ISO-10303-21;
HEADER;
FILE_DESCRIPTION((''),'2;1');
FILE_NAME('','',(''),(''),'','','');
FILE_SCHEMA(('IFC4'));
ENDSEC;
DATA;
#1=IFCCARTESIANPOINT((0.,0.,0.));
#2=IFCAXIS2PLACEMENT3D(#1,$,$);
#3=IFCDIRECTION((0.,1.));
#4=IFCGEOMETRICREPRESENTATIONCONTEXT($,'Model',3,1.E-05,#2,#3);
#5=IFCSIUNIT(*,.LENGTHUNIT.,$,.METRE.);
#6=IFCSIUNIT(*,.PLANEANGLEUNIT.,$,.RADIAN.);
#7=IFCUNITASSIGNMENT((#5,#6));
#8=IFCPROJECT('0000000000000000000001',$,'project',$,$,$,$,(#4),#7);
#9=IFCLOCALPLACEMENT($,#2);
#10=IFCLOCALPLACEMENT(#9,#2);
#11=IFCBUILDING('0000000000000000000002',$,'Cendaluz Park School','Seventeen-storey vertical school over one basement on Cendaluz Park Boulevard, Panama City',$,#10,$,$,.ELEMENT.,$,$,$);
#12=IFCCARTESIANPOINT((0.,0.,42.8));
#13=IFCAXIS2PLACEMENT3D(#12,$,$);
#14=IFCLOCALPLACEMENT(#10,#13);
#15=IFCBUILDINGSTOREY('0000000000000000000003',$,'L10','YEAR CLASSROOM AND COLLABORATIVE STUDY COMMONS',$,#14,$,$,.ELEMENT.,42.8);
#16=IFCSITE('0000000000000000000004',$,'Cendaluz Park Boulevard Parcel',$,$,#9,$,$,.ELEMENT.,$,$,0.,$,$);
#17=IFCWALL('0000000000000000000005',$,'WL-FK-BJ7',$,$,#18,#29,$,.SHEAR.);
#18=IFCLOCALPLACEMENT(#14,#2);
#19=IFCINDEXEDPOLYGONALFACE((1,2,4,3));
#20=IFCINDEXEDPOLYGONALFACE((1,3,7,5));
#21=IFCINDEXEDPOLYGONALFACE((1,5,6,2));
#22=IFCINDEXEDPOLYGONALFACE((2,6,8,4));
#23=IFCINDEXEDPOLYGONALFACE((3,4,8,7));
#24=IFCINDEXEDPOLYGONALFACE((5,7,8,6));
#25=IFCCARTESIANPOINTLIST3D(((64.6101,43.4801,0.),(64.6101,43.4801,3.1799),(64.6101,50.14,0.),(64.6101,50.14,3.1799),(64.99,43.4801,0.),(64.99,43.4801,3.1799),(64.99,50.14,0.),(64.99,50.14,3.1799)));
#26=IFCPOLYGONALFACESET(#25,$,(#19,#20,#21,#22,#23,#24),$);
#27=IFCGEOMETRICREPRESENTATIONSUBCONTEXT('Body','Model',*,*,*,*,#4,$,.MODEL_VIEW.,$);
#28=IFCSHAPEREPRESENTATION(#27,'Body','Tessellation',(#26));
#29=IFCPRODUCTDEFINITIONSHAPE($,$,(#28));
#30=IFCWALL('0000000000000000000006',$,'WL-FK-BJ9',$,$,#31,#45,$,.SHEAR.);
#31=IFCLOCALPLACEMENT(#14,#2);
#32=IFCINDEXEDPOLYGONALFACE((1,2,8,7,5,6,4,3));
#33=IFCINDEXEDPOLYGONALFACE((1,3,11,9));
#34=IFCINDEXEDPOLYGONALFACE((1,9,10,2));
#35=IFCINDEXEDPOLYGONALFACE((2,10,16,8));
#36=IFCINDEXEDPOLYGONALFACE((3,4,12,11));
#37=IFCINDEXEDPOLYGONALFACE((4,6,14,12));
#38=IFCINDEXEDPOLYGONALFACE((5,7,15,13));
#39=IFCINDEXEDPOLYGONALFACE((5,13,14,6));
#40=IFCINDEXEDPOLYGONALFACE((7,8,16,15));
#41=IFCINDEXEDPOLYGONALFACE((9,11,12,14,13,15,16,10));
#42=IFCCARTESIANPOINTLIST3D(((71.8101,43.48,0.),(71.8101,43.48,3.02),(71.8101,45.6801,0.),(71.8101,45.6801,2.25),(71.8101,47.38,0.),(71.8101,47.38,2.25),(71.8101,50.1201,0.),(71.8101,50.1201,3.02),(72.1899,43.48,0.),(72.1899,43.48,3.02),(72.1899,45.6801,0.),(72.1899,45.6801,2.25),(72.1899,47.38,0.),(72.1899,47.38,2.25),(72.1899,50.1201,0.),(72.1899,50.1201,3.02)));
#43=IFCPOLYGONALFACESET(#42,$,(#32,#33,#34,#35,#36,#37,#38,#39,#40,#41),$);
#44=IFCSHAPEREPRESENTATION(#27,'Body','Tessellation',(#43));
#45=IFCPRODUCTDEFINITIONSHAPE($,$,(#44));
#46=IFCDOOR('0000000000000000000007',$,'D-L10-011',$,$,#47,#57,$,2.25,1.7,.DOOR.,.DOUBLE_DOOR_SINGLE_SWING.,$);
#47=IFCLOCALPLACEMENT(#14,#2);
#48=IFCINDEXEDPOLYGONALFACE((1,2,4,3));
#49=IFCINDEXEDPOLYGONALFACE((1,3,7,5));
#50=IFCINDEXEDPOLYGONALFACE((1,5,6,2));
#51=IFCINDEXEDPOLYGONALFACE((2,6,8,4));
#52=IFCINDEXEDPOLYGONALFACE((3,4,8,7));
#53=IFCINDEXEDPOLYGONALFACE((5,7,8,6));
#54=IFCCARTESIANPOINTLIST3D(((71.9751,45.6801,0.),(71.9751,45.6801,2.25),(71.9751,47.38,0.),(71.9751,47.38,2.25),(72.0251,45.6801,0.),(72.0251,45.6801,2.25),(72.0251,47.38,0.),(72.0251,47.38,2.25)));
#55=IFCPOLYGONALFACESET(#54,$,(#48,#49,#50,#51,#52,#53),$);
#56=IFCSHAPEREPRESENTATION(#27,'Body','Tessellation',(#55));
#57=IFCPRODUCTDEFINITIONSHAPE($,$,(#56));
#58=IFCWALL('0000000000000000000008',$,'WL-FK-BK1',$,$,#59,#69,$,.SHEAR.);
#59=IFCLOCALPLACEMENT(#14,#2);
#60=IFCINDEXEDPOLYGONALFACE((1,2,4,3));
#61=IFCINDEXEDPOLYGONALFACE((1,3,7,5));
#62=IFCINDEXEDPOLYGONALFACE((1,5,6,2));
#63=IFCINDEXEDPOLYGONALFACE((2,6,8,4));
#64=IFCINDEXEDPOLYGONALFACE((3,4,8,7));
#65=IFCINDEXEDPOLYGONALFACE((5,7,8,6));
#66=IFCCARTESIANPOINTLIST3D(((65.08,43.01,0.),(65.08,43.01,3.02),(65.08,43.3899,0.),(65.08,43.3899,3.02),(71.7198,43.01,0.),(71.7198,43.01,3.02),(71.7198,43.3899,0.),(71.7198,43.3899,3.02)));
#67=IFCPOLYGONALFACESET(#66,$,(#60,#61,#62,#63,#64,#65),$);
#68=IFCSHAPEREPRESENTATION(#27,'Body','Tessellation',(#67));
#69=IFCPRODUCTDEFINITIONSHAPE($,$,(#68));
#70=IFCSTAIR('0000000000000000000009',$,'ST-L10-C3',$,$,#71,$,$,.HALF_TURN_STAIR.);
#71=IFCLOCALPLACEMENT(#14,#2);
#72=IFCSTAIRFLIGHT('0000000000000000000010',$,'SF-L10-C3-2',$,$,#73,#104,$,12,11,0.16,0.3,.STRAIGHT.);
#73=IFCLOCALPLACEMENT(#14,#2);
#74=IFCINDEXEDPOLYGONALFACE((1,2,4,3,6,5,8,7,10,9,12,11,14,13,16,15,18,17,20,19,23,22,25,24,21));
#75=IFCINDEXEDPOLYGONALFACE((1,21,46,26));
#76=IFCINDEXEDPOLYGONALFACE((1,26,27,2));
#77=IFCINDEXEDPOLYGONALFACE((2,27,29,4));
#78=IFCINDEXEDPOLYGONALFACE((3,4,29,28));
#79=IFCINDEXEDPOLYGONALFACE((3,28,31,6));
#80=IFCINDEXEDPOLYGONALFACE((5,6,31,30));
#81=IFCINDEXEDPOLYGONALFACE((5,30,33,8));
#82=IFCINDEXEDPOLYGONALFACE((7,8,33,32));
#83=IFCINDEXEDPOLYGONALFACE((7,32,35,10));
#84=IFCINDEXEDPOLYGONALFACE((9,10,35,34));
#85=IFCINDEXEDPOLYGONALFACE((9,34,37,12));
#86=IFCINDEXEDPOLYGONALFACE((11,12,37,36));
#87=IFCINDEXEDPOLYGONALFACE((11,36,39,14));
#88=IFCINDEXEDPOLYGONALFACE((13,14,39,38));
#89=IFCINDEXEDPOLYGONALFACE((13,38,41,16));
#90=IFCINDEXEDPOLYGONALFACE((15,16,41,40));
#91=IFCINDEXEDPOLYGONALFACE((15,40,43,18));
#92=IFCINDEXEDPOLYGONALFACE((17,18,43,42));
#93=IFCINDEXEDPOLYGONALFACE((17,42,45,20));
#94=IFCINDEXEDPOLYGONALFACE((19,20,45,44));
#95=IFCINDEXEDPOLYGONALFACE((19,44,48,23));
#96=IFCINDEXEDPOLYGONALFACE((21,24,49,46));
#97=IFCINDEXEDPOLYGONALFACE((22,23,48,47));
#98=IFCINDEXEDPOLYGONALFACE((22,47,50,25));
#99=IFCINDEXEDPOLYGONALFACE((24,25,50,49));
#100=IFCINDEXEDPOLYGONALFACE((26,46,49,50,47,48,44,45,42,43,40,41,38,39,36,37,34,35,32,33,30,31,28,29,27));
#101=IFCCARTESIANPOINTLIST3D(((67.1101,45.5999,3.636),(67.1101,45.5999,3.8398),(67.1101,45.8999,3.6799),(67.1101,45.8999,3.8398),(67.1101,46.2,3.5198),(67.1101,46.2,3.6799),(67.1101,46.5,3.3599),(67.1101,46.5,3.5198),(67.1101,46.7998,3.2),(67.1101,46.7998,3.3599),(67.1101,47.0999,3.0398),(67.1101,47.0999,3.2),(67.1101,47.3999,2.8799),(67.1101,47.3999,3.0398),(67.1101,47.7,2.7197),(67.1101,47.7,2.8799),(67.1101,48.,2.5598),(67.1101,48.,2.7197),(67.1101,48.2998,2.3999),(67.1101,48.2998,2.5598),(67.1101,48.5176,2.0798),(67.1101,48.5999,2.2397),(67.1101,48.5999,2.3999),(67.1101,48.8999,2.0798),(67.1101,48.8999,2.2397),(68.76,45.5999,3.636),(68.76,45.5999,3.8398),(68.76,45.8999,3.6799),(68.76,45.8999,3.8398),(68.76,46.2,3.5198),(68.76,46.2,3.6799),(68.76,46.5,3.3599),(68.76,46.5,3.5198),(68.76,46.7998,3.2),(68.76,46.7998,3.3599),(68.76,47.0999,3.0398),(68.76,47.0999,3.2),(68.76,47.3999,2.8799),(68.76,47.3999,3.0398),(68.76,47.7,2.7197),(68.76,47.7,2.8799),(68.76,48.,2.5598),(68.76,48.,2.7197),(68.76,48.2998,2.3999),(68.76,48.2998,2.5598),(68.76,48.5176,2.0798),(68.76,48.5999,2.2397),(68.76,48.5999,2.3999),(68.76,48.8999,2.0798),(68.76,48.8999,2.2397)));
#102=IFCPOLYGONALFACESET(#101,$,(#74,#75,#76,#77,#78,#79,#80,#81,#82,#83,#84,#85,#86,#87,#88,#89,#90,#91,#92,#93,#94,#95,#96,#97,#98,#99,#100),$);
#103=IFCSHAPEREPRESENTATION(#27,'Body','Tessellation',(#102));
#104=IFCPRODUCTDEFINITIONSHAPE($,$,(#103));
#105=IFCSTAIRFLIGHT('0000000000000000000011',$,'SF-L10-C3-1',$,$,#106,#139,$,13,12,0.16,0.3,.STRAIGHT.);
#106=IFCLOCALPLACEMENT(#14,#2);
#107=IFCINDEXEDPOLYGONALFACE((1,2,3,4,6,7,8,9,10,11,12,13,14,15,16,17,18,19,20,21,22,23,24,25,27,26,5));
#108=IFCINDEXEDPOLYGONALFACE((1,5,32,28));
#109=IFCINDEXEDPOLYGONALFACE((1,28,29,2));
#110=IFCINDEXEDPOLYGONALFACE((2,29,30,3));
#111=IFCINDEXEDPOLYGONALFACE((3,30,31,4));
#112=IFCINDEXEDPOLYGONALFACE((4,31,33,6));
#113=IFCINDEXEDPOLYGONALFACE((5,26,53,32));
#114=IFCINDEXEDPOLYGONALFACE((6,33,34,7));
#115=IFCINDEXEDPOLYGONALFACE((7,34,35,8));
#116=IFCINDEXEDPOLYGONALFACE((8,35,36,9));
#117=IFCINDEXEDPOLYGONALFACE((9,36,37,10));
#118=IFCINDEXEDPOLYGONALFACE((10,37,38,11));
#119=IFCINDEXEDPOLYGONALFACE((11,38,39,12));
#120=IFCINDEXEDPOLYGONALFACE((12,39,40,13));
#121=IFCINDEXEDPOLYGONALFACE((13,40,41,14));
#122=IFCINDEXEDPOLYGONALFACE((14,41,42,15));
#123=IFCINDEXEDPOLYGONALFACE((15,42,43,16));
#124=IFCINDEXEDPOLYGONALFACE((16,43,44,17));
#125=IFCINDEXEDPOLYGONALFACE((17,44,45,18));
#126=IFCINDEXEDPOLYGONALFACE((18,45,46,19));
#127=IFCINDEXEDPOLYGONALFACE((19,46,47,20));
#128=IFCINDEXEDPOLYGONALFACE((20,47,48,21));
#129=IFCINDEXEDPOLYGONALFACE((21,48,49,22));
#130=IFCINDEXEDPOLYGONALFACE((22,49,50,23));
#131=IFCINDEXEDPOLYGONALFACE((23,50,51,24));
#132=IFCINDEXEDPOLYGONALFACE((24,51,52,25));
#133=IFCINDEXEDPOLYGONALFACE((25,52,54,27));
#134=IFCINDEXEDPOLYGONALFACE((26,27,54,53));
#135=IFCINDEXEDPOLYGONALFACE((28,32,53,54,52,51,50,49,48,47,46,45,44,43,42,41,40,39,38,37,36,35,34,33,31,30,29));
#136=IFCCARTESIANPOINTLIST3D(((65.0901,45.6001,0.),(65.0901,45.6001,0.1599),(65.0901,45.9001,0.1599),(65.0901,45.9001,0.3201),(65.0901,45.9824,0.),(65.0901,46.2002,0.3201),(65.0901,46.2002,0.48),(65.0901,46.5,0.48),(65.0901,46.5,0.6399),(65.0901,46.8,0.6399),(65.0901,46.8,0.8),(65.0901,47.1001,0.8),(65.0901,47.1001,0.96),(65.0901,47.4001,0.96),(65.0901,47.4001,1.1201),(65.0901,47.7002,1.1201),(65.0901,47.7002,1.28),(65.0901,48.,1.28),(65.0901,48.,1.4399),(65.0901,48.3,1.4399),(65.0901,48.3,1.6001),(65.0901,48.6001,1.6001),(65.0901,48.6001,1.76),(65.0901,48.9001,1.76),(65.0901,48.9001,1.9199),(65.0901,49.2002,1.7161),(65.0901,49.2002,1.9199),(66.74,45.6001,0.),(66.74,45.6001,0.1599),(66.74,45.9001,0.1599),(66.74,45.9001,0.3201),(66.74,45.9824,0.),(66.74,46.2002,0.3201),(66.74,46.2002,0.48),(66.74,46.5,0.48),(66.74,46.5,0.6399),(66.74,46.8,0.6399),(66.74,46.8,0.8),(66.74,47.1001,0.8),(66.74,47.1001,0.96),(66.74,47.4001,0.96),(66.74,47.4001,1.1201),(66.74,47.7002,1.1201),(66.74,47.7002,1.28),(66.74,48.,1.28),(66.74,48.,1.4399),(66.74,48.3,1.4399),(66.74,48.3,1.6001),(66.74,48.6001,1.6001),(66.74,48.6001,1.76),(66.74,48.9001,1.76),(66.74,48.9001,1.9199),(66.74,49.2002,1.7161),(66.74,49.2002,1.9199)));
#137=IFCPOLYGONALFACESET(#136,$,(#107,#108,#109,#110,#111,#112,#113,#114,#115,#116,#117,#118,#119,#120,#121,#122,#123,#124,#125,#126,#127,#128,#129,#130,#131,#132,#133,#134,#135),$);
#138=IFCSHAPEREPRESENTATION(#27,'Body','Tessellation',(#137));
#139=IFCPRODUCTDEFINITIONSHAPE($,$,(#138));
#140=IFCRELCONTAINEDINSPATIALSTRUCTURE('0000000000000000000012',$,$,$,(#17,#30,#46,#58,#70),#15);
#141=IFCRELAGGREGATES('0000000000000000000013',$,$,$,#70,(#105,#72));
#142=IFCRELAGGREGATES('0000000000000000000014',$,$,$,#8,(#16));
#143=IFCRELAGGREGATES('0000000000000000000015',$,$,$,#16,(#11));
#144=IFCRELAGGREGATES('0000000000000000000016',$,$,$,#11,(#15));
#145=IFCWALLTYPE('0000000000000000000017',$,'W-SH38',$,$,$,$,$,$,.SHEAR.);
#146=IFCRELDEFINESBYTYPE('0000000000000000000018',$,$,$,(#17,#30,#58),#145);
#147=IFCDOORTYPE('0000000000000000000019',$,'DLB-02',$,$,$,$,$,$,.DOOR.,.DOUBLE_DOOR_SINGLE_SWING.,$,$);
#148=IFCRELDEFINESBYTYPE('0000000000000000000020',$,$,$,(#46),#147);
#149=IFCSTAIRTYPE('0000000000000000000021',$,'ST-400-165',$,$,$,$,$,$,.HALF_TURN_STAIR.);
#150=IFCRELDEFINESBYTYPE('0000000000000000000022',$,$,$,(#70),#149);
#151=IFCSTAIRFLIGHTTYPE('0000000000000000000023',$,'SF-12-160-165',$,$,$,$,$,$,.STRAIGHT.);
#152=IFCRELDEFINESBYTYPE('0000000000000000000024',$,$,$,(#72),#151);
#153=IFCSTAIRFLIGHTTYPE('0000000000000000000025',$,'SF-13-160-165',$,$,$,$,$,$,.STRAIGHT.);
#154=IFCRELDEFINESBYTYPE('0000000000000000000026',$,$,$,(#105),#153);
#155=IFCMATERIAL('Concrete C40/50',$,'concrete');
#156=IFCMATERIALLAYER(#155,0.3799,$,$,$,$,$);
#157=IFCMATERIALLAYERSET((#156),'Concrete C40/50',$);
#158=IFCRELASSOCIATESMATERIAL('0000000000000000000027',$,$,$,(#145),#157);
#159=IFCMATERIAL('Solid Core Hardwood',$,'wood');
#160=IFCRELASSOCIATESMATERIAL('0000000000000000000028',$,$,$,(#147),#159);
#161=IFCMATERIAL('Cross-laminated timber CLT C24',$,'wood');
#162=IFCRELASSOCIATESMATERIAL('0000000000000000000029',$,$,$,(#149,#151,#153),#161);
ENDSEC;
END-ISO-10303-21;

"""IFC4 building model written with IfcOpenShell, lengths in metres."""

from ifc_helpers import new_model, si_unit, direction, frame, frame_2d, origin, place, context, subcontext, project, spatial, polyline, rectangle, outline, extrude, material, layer, layer_set, type_object, element, fill, aggregate, save


model = new_model("IFC4")

# Units and contexts
model_context = context("Model", 3, precision=1e-05, world=origin(), true_north=direction((0.0, 1.0)))
body_context = subcontext(model_context, "Body", "Model", "MODEL_VIEW")
ifc_project = project(units=[si_unit("LENGTHUNIT", "METRE"), si_unit("PLANEANGLEUNIT", "RADIAN")], contexts=[model_context])

# Site, building, storey
site_placement = place(None, origin())
site = spatial("IfcSite", under=ifc_project, at=site_placement, Name="Cendaluz Park Boulevard Parcel", CompositionType="ELEMENT", RefElevation=0.0)
building_placement = place(site_placement, origin())
building = spatial("IfcBuilding", under=site, at=building_placement, Name="Cendaluz Park School", Description="Seventeen-storey vertical school over one basement on Cendaluz Park Boulevard, Panama City", CompositionType="ELEMENT")
storey_placement = place(building_placement, frame((0.0, 0.0, 42.8)))
storey = spatial("IfcBuildingStorey", under=building, at=storey_placement, Name="L10", Description="YEAR CLASSROOM AND COLLABORATIVE STUDY COMMONS", CompositionType="ELEMENT", Elevation=42.8)

# Shared definitions
ifc_material_1 = material(Name="Cross-laminated timber CLT C24", Category="wood")

# Shared definitions
ifc_material_2 = material(Name="Concrete C40/50", Category="concrete")
ifc_material_3 = material(Name="Solid Core Hardwood", Category="wood")

# Wall
ifc_layer_1 = layer(ifc_material_2, 0.3799)
ifc_layer_set_1 = layer_set([ifc_layer_1], Name="Concrete C40/50")
wall_type_1 = type_object("IfcWallType", Name="W-SH38", PredefinedType="SHEAR", material=ifc_layer_set_1)
wall_1_placement = place(storey_placement, frame((64.8, 43.48, 0.0), z_axis=(0.0, 0.0, 1.0), x_axis=(0.0, 1.0, 0.0)))
element("IfcWall", 1, at=wall_1_placement, inside=storey, type_object=wall_type_1, Name="WL-FK-BJ7", PredefinedType="SHEAR", context=body_context, shape_type="SweptSolid", body=[
    extrude(rectangle(XDim=6.6599, YDim=0.3799, at=frame_2d((3.3301, 0.0))), origin(), (0.0, 0.0, 1.0), 3.1799),
])

# Wall, opening, door
wall_2_placement = place(storey_placement, frame((72.0, 43.48, 0.0), z_axis=(0.0, 0.0, 1.0), x_axis=(0.0, 1.0, 0.0)))
wall_2 = element("IfcWall", 2, at=wall_2_placement, inside=storey, type_object=wall_type_1, Name="WL-FK-BJ9", PredefinedType="SHEAR", context=body_context, shape_type="SweptSolid", body=[
    extrude(rectangle(XDim=6.6401, YDim=0.3799, at=frame_2d((3.3201, 0.0))), origin(), (0.0, 0.0, 1.0), 3.02),
])
opening_1_placement = place(wall_2_placement, frame((2.2, 0.0, 0.0)))
opening_1 = element("IfcOpeningElement", 3, at=opening_1_placement, cuts=wall_2, PredefinedType="OPENING", context=body_context, shape_type="SweptSolid", body=[
    extrude(rectangle(XDim=1.7, YDim=2.25, at=frame_2d((0.8501, 1.125))), frame((0.0, 0.2019, 0.0), z_axis=(0.0, -1.0, 0.0), x_axis=(1.0, 0.0, 0.0)), (0.0, 0.0, 1.0), 0.4038),
])
door_type_1 = type_object("IfcDoorType", Name="DLB-02", OperationType="DOUBLE_DOOR_SINGLE_SWING", PredefinedType="DOOR", material=ifc_material_3)
door_1_placement = place(opening_1_placement, origin())
door_1 = element("IfcDoor", 4, at=door_1_placement, inside=storey, type_object=door_type_1, Name="D-L10-011", OperationType="DOUBLE_DOOR_SINGLE_SWING", OverallHeight=2.25, OverallWidth=1.7, PredefinedType="DOOR", context=body_context, shape_type="SweptSolid", body=[
    extrude(rectangle(XDim=1.7, YDim=2.25, at=frame_2d((0.8501, 1.125))), frame((0.0, 0.0249, 0.0), z_axis=(0.0, -1.0, 0.0), x_axis=(1.0, 0.0, 0.0)), (0.0, 0.0, 1.0), 0.05),
])
fill(opening_1, door_1)

# Wall
wall_3_placement = place(storey_placement, frame((65.0801, 43.2, 0.0), z_axis=(0.0, 0.0, 1.0), x_axis=(1.0, 0.0, 0.0)))
element("IfcWall", 5, at=wall_3_placement, inside=storey, type_object=wall_type_1, Name="WL-FK-BK1", PredefinedType="SHEAR", context=body_context, shape_type="SweptSolid", body=[
    extrude(rectangle(XDim=6.6399, YDim=0.3799, at=frame_2d((3.3198, 0.0))), origin(), (0.0, 0.0, 1.0), 3.02),
])

# Stair, stair flights
stair_type = type_object("IfcStairType", Name="ST-400-165", PredefinedType="HALF_TURN_STAIR", material=ifc_material_1)
stair_placement = place(storey_placement, origin())
stair = element("IfcStair", 6, at=stair_placement, inside=storey, type_object=stair_type, Name="ST-L10-C3", PredefinedType="HALF_TURN_STAIR")
stair_flight_type_1 = type_object("IfcStairFlightType", Name="SF-12-160-165", PredefinedType="STRAIGHT", material=ifc_material_1)
stair_flight_1_placement = place(storey_placement, frame((67.9351, 48.8999, 2.0798), z_axis=(0.0, 0.0, 1.0), x_axis=(0.0, -1.0, 0.0)))
stair_flight_1 = element("IfcStairFlight", 7, at=stair_flight_1_placement, type_object=stair_flight_type_1, Name="SF-L10-C3-2", NumberOfRisers=12, NumberOfTreads=11, PredefinedType="STRAIGHT", RiserHeight=0.16, TreadLength=0.3, context=body_context, shape_type="SweptSolid", body=[
    extrude(outline(polyline([(0.0, 0.0), (0.0, 0.1599), (0.3, 0.1599), (0.3, 0.3201), (0.6001, 0.3201), (0.6001, 0.48), (0.8999, 0.48), (0.8999, 0.6399), (1.2, 0.6399), (1.2, 0.8), (1.5, 0.8), (1.5, 0.96), (1.8, 0.96), (1.8, 1.1201), (2.1001, 1.1201), (2.1001, 1.28), (2.3999, 1.28), (2.3999, 1.4399), (2.7, 1.4399), (2.7, 1.6001), (3.0, 1.6001), (3.0, 1.76), (3.3, 1.76), (3.3, 1.9199), (3.3, 1.5562), (0.3823, 0.0), (0.0, 0.0)])), frame((0.0, 0.825, 0.0), z_axis=(0.0, -1.0, 0.0), x_axis=(1.0, 0.0, 0.0)), (0.0, 0.0, 1.0), 1.6499),
])
stair_flight_type_2 = type_object("IfcStairFlightType", Name="SF-13-160-165", PredefinedType="STRAIGHT", material=ifc_material_1)
stair_flight_2_placement = place(storey_placement, frame((65.915, 45.6001, 0.0), z_axis=(0.0, 0.0, 1.0), x_axis=(0.0, 1.0, 0.0)))
stair_flight_2 = element("IfcStairFlight", 8, at=stair_flight_2_placement, type_object=stair_flight_type_2, Name="SF-L10-C3-1", NumberOfRisers=13, NumberOfTreads=12, PredefinedType="STRAIGHT", RiserHeight=0.16, TreadLength=0.3, context=body_context, shape_type="SweptSolid", body=[
    extrude(outline(polyline([(0.0, 0.0), (0.0, 0.1599), (0.3, 0.1599), (0.3, 0.3201), (0.6001, 0.3201), (0.6001, 0.48), (0.8999, 0.48), (0.8999, 0.6399), (1.2, 0.6399), (1.2, 0.8), (1.5, 0.8), (1.5, 0.96), (1.8, 0.96), (1.8, 1.1201), (2.1001, 1.1201), (2.1001, 1.28), (2.3999, 1.28), (2.3999, 1.4399), (2.7, 1.4399), (2.7, 1.6001), (3.0, 1.6001), (3.0, 1.76), (3.3, 1.76), (3.3, 1.9199), (3.6001, 1.9199), (3.6001, 2.0801), (3.6001, 1.7161), (0.3823, 0.0), (0.0, 0.0)])), frame((0.0, 0.825, 0.0), z_axis=(0.0, -1.0, 0.0), x_axis=(1.0, 0.0, 0.0)), (0.0, 0.0, 1.0), 1.6499),
])
aggregate(stair, [stair_flight_2, stair_flight_1])

save(model, "model.ifc")
